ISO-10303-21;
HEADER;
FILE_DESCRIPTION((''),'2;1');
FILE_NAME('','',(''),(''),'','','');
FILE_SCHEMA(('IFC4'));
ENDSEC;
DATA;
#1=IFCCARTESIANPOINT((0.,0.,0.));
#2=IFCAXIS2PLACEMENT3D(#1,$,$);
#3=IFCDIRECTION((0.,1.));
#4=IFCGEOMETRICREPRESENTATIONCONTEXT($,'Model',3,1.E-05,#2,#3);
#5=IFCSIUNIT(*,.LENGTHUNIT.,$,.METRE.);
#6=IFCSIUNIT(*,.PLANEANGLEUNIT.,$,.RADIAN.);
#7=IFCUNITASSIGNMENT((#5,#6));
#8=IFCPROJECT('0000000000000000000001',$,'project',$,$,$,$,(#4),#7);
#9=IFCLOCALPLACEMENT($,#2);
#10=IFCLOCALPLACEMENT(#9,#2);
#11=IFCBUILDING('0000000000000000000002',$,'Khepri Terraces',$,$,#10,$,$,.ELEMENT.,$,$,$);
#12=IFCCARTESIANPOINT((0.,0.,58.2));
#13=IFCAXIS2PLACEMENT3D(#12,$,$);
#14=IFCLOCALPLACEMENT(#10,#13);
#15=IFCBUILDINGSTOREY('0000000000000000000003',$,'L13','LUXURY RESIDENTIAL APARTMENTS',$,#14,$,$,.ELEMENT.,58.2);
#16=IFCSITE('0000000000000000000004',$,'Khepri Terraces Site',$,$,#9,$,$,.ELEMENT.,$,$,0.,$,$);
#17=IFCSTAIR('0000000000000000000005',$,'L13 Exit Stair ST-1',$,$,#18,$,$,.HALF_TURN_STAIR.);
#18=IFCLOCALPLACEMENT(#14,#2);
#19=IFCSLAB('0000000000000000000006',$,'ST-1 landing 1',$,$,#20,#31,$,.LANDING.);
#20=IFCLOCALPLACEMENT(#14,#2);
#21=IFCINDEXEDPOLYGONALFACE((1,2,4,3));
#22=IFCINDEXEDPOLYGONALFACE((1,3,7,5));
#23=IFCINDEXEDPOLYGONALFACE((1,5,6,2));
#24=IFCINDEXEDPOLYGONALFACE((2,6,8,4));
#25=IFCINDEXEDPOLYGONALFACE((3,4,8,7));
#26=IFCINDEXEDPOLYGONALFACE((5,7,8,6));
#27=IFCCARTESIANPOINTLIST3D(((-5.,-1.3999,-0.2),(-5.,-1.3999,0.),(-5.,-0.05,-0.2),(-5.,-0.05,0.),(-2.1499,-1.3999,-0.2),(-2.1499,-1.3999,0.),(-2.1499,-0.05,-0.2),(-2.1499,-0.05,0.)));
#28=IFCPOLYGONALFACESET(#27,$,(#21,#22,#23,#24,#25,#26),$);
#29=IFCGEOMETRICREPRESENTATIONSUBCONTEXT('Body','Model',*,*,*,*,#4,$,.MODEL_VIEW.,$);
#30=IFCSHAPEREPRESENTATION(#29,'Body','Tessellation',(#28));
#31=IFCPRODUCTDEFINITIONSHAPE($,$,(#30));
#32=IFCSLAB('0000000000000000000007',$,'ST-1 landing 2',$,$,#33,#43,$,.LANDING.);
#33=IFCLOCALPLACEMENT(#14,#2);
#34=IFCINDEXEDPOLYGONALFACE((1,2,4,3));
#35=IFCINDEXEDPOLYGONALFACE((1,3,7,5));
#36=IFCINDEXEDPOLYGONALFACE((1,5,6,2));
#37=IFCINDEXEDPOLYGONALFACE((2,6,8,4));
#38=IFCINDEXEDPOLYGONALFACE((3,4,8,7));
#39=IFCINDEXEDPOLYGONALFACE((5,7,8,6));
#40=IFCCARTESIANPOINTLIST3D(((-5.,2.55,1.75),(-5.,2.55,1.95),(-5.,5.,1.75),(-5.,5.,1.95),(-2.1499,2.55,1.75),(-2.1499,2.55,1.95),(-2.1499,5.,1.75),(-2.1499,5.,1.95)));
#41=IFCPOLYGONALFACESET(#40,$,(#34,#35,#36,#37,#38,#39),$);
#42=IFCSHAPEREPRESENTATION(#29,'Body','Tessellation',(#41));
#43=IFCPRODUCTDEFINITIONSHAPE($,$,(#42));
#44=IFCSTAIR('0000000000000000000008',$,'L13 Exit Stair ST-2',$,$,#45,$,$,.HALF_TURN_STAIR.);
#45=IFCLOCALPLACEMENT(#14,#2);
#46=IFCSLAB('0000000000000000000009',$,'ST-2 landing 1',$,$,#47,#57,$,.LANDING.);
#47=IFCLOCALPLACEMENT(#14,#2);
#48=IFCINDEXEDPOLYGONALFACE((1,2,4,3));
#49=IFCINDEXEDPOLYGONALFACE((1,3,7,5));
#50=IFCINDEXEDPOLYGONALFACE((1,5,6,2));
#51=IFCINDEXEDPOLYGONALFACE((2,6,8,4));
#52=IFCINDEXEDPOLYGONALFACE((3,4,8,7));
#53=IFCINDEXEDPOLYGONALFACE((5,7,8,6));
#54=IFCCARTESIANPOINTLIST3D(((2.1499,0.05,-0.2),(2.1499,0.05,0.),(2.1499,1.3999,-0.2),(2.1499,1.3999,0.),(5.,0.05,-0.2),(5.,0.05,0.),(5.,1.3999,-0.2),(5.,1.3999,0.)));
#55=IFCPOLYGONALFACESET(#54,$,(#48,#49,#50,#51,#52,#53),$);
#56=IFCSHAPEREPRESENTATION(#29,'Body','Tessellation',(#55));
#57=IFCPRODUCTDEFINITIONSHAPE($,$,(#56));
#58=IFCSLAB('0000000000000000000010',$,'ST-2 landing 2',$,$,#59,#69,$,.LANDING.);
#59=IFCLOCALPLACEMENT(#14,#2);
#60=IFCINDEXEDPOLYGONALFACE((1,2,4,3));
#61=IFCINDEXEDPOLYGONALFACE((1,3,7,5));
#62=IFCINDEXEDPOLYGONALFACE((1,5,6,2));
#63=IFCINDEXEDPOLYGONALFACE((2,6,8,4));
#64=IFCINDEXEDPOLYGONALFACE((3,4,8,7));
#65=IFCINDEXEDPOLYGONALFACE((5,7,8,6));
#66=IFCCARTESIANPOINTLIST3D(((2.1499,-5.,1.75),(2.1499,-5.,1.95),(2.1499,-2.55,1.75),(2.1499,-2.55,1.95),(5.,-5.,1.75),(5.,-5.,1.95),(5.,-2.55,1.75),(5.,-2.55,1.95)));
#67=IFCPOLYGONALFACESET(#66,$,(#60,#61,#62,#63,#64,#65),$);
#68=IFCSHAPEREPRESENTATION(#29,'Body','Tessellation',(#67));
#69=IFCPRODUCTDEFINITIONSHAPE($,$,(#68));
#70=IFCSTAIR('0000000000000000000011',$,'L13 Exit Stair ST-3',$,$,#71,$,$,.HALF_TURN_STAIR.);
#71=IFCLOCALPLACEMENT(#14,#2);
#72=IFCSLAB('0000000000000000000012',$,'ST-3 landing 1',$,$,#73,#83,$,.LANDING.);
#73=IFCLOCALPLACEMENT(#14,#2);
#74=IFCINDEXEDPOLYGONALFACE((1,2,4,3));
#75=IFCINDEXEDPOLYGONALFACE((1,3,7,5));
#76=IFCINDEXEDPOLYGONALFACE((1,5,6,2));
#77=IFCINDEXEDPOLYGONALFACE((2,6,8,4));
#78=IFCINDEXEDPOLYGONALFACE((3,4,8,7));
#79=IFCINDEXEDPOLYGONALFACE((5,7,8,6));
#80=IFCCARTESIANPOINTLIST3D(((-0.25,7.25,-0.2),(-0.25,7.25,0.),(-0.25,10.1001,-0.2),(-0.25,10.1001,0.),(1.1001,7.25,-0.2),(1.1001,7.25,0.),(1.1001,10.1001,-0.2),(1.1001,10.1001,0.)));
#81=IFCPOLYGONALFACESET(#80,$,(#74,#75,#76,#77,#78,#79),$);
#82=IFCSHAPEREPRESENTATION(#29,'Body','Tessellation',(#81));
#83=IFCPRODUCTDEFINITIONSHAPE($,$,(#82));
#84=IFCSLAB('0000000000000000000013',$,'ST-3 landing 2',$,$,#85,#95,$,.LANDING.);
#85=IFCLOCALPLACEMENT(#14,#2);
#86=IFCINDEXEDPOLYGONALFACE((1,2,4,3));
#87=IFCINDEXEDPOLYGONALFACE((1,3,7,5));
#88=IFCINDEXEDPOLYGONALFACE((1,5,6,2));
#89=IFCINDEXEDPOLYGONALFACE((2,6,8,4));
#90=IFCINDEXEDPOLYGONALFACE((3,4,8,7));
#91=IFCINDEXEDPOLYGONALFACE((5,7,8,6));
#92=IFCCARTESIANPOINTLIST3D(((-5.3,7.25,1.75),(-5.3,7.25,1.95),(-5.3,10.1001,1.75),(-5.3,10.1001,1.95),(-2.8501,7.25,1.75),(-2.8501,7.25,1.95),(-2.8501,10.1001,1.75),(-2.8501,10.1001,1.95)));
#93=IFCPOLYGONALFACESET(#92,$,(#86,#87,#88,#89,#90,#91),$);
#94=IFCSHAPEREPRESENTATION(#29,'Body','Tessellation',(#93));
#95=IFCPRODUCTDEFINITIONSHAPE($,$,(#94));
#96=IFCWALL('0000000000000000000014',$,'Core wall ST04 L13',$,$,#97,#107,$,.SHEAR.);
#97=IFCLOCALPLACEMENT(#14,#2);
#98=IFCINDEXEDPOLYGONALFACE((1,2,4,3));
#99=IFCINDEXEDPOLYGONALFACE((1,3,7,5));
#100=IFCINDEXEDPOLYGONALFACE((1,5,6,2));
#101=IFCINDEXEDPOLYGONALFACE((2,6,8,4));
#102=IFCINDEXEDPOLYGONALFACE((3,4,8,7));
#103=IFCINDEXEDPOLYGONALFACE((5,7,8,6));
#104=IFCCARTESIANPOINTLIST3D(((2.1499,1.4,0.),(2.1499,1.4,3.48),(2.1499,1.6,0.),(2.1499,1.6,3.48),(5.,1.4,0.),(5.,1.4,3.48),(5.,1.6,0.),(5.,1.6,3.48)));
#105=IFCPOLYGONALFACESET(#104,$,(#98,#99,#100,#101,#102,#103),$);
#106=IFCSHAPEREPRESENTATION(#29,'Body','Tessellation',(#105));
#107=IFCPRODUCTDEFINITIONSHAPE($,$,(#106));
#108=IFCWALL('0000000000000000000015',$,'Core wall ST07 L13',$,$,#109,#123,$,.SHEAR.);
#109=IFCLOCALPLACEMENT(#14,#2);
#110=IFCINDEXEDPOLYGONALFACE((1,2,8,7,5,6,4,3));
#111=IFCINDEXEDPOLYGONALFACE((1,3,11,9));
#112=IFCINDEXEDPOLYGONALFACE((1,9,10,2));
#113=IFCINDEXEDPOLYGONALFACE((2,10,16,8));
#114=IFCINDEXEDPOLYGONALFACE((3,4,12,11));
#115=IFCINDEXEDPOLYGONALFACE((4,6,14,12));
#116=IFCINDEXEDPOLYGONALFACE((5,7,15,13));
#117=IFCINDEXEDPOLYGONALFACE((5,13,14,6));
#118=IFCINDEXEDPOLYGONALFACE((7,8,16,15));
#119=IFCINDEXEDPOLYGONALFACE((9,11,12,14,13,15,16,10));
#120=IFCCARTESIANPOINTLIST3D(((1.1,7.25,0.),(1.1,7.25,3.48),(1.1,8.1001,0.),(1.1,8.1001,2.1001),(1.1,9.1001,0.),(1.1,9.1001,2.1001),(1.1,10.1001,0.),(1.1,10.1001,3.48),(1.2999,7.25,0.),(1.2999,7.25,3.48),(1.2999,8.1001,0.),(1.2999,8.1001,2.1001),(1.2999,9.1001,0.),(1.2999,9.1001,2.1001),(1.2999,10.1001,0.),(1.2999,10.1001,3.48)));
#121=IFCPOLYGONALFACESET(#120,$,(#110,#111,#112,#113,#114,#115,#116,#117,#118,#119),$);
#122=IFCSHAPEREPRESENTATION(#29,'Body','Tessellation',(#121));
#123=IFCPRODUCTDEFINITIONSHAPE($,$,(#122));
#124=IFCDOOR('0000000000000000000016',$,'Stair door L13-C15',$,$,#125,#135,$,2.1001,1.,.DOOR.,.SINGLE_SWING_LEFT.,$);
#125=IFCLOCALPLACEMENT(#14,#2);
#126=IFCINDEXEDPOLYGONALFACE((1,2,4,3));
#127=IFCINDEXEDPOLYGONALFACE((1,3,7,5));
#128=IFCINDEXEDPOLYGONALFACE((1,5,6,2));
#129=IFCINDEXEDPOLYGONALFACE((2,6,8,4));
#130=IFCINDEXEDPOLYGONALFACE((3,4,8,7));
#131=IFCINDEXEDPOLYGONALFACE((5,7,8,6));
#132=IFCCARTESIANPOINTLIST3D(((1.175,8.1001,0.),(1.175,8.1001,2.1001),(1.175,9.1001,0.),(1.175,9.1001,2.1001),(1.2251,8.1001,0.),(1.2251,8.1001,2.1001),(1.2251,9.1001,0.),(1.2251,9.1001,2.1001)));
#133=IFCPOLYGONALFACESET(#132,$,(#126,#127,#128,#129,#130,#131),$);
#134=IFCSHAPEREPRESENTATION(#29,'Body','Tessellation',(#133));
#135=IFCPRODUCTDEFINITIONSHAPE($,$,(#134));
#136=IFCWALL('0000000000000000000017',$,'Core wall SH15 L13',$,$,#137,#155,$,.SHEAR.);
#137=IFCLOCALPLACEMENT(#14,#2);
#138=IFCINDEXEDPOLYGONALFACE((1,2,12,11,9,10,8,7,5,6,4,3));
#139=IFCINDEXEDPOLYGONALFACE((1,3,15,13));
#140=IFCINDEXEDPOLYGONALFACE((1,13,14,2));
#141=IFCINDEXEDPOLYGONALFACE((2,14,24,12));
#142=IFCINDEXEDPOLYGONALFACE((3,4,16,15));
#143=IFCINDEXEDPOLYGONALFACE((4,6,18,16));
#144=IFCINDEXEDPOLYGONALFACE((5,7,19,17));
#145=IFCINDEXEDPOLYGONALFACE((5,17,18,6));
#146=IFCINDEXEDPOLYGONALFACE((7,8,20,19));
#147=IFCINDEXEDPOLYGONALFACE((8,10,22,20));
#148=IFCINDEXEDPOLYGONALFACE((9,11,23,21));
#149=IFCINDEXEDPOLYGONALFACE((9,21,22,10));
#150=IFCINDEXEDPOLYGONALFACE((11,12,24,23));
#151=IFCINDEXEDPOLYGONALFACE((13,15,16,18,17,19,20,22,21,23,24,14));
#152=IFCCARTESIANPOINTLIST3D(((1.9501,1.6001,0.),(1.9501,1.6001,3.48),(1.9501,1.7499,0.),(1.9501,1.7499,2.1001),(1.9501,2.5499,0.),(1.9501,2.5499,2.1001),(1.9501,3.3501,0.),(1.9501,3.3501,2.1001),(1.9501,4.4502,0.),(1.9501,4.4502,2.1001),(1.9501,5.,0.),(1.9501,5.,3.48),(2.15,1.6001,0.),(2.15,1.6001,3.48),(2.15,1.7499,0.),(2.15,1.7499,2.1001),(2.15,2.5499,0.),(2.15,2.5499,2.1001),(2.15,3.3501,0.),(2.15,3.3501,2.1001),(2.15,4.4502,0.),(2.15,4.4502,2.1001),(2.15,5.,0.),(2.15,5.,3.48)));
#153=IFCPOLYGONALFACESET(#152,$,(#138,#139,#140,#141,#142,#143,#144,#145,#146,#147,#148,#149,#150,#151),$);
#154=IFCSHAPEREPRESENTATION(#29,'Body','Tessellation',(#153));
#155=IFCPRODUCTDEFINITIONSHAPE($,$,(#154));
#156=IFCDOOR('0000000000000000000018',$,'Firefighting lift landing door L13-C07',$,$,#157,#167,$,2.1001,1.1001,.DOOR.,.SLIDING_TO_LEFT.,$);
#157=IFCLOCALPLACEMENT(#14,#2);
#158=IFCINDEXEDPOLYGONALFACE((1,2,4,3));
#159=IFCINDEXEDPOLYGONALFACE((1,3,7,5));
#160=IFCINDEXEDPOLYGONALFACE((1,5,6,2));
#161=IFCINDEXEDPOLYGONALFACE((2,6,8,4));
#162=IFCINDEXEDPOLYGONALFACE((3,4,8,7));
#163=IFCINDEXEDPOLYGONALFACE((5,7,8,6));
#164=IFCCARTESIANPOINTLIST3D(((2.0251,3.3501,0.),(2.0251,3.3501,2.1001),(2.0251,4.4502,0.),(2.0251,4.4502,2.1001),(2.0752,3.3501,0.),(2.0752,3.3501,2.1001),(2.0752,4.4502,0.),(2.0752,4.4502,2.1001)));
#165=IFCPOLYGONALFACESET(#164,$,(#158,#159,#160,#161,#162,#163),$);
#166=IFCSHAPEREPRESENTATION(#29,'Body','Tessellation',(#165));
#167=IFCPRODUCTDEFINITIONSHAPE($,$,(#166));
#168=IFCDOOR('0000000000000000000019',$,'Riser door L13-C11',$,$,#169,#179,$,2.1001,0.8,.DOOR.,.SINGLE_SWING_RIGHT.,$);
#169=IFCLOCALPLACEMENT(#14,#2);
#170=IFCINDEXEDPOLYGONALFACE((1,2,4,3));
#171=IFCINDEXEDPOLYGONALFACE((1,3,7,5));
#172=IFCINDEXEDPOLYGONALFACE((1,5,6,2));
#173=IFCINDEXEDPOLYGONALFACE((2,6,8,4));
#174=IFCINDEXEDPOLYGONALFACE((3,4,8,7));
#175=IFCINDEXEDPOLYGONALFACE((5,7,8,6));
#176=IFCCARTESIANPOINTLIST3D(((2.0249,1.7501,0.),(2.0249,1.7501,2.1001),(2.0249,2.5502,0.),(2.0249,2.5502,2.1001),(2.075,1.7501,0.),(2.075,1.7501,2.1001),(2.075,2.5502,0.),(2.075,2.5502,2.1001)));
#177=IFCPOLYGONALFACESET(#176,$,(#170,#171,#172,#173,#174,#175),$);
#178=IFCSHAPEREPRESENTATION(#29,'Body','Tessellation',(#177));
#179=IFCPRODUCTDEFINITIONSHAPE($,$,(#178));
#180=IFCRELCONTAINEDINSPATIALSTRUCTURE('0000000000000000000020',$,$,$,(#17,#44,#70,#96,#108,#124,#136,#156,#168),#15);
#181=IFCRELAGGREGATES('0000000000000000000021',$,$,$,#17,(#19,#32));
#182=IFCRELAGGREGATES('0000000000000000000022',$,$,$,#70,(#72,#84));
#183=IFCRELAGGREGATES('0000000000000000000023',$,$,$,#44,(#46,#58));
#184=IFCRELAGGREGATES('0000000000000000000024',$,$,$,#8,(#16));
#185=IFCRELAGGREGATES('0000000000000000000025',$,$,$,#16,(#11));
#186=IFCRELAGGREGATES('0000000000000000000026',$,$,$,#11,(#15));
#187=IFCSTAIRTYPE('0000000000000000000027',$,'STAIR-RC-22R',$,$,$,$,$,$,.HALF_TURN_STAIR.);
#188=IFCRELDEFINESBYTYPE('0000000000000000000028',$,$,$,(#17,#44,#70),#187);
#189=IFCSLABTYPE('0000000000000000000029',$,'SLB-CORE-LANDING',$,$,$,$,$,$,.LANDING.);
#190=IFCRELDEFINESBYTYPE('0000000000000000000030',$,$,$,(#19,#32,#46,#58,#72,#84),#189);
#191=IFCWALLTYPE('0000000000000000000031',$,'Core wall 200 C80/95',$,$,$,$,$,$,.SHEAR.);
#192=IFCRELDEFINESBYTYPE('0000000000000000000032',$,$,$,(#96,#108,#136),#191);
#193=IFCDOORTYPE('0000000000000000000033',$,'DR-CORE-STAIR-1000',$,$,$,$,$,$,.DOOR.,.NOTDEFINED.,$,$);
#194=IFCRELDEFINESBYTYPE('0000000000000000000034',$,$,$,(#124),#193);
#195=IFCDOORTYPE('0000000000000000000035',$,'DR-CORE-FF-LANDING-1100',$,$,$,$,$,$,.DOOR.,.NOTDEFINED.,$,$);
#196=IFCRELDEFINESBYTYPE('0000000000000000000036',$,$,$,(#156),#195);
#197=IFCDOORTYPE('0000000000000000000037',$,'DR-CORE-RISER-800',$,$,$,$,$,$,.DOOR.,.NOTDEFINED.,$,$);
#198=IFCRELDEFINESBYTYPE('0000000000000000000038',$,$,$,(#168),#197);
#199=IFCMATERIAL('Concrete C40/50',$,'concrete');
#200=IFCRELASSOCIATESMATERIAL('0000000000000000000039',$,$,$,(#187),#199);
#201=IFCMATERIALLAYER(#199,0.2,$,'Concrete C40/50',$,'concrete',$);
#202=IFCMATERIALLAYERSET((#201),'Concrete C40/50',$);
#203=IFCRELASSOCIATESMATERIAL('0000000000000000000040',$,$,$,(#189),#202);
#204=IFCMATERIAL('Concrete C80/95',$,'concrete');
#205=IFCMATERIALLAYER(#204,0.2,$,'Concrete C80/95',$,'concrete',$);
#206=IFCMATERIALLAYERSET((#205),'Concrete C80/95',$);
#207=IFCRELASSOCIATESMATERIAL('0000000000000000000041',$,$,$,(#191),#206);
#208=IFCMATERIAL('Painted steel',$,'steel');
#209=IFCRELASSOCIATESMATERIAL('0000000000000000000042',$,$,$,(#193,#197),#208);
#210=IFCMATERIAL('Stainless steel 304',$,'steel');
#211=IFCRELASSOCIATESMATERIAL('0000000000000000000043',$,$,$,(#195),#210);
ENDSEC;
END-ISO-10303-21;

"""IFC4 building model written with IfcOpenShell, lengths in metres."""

from ifc_helpers import new_model, si_unit, direction, frame, frame_2d, origin, place, context, subcontext, project, spatial, polyline, rectangle, outline, extrude, material, layer, layer_set, type_object, element, fill, aggregate, save


model = new_model("IFC4")

# Units and contexts
model_context = context("Model", 3, precision=1e-05, world=origin(), true_north=direction((0.0, 1.0)))
body_context = subcontext(model_context, "Body", "Model", "MODEL_VIEW")
ifc_project = project(units=[si_unit("LENGTHUNIT", "METRE"), si_unit("PLANEANGLEUNIT", "RADIAN")], contexts=[model_context])

# Site, building, storey
site_placement = place(None, origin())
site = spatial("IfcSite", under=ifc_project, at=site_placement, Name="Khepri Terraces Site", CompositionType="ELEMENT", RefElevation=0.0)
building_placement = place(site_placement, origin())
building = spatial("IfcBuilding", under=site, at=building_placement, Name="Khepri Terraces", CompositionType="ELEMENT")
storey_placement = place(building_placement, frame((0.0, 0.0, 58.2)))
storey = spatial("IfcBuildingStorey", under=building, at=storey_placement, Name="L13", Description="LUXURY RESIDENTIAL APARTMENTS", CompositionType="ELEMENT", Elevation=58.2)

# Stairs, slabs
ifc_material_1 = material(Name="Concrete C40/50", Category="concrete")
stair_type = type_object("IfcStairType", Name="STAIR-RC-22R", PredefinedType="HALF_TURN_STAIR", material=ifc_material_1)
stair_1_placement = place(storey_placement, origin())
stair_1 = element("IfcStair", 1, at=stair_1_placement, inside=storey, type_object=stair_type, Name="L13 Exit Stair ST-1", PredefinedType="HALF_TURN_STAIR")
ifc_layer_1 = layer(ifc_material_1, 0.2, Name="Concrete C40/50", Category="concrete")
ifc_layer_set_1 = layer_set([ifc_layer_1], Name="Concrete C40/50")
slab_type = type_object("IfcSlabType", Name="SLB-CORE-LANDING", PredefinedType="LANDING", material=ifc_layer_set_1)
slab_1_placement = place(storey_placement, frame((0.0, 0.0, -0.2)))
slab_1 = element("IfcSlab", 2, at=slab_1_placement, type_object=slab_type, Name="ST-1 landing 1", PredefinedType="LANDING", context=body_context, shape_type="SweptSolid", body=[
    extrude(outline(polyline([(-2.1499, -1.3999), (-2.1499, -0.05), (-5.0, -0.05), (-5.0, -1.3999), (-2.1499, -1.3999)])), origin(), (0.0, 0.0, 1.0), 0.2),
])
slab_2_placement = place(storey_placement, frame((0.0, 0.0, 1.75)))
slab_2 = element("IfcSlab", 3, at=slab_2_placement, type_object=slab_type, Name="ST-1 landing 2", PredefinedType="LANDING", context=body_context, shape_type="SweptSolid", body=[
    extrude(outline(polyline([(-2.1499, 2.55), (-2.1499, 5.0), (-5.0, 5.0), (-5.0, 2.55), (-2.1499, 2.55)])), origin(), (0.0, 0.0, 1.0), 0.2),
])
aggregate(stair_1, [slab_1, slab_2])
stair_2_placement = place(storey_placement, origin())
stair_2 = element("IfcStair", 4, at=stair_2_placement, inside=storey, type_object=stair_type, Name="L13 Exit Stair ST-2", PredefinedType="HALF_TURN_STAIR")
slab_3_placement = place(storey_placement, frame((0.0, 0.0, -0.2)))
slab_3 = element("IfcSlab", 5, at=slab_3_placement, type_object=slab_type, Name="ST-2 landing 1", PredefinedType="LANDING", context=body_context, shape_type="SweptSolid", body=[
    extrude(outline(polyline([(2.1499, 1.3999), (2.1499, 0.05), (5.0, 0.05), (5.0, 1.3999), (2.1499, 1.3999)])), origin(), (0.0, 0.0, 1.0), 0.2),
])
slab_4_placement = place(storey_placement, frame((0.0, 0.0, 1.75)))
slab_4 = element("IfcSlab", 6, at=slab_4_placement, type_object=slab_type, Name="ST-2 landing 2", PredefinedType="LANDING", context=body_context, shape_type="SweptSolid", body=[
    extrude(outline(polyline([(2.1499, -2.55), (2.1499, -5.0), (5.0, -5.0), (5.0, -2.55), (2.1499, -2.55)])), origin(), (0.0, 0.0, 1.0), 0.2),
])
stair_3_placement = place(storey_placement, origin())
stair_3 = element("IfcStair", 7, at=stair_3_placement, inside=storey, type_object=stair_type, Name="L13 Exit Stair ST-3", PredefinedType="HALF_TURN_STAIR")
slab_5_placement = place(storey_placement, frame((0.0, 0.0, -0.2)))
slab_5 = element("IfcSlab", 8, at=slab_5_placement, type_object=slab_type, Name="ST-3 landing 1", PredefinedType="LANDING", context=body_context, shape_type="SweptSolid", body=[
    extrude(outline(polyline([(1.1001, 10.1001), (-0.25, 10.1001), (-0.25, 7.25), (1.1001, 7.25), (1.1001, 10.1001)])), origin(), (0.0, 0.0, 1.0), 0.2),
])
slab_6_placement = place(storey_placement, frame((0.0, 0.0, 1.75)))
slab_6 = element("IfcSlab", 9, at=slab_6_placement, type_object=slab_type, Name="ST-3 landing 2", PredefinedType="LANDING", context=body_context, shape_type="SweptSolid", body=[
    extrude(outline(polyline([(-2.8501, 10.1001), (-5.3, 10.1001), (-5.3, 7.25), (-2.8501, 7.25), (-2.8501, 10.1001)])), origin(), (0.0, 0.0, 1.0), 0.2),
])
aggregate(stair_3, [slab_5, slab_6])

# Wall
ifc_material_2 = material(Name="Concrete C80/95", Category="concrete")
ifc_layer_2 = layer(ifc_material_2, 0.2, Name="Concrete C80/95", Category="concrete")
ifc_layer_set_2 = layer_set([ifc_layer_2], Name="Concrete C80/95")
wall_type = type_object("IfcWallType", Name="Core wall 200 C80/95", PredefinedType="SHEAR", material=ifc_layer_set_2)
wall_1_placement = place(storey_placement, frame((2.1499, 1.5, 0.0), z_axis=(0.0, 0.0, 1.0), x_axis=(1.0, 0.0, 0.0)))
element("IfcWall", 10, at=wall_1_placement, inside=storey, type_object=wall_type, Name="Core wall ST04 L13", PredefinedType="SHEAR", context=body_context, shape_type="SweptSolid", body=[
    extrude(rectangle(XDim=2.8501, YDim=0.2, at=frame_2d((1.425, 0.0))), origin(), (0.0, 0.0, 1.0), 3.48),
])

# Wall, opening, door
wall_2_placement = place(storey_placement, frame((1.2, 7.25, 0.0), z_axis=(0.0, 0.0, 1.0), x_axis=(0.0, 1.0, 0.0)))
wall_2 = element("IfcWall", 11, at=wall_2_placement, inside=storey, type_object=wall_type, Name="Core wall ST07 L13", PredefinedType="SHEAR", context=body_context, shape_type="SweptSolid", body=[
    extrude(rectangle(XDim=2.8501, YDim=0.2, at=frame_2d((1.425, 0.0))), origin(), (0.0, 0.0, 1.0), 3.48),
])
opening_1_placement = place(wall_2_placement, frame((0.8501, 0.0, 0.0)))
opening_1 = element("IfcOpeningElement", 12, at=opening_1_placement, cuts=wall_2, PredefinedType="OPENING", context=body_context, shape_type="SweptSolid", body=[
    extrude(rectangle(XDim=1.0, YDim=2.1001, at=frame_2d((0.5, 1.05))), frame((0.0, 0.1099, 0.0), z_axis=(0.0, -1.0, 0.0), x_axis=(1.0, 0.0, 0.0)), (0.0, 0.0, 1.0), 0.22),
])
ifc_material_3 = material(Name="Painted steel", Category="steel")
door_type_1 = type_object("IfcDoorType", Name="DR-CORE-STAIR-1000", OperationType="NOTDEFINED", PredefinedType="DOOR", material=ifc_material_3)
door_1_placement = place(opening_1_placement, origin())
door_1 = element("IfcDoor", 13, at=door_1_placement, inside=storey, type_object=door_type_1, Name="Stair door L13-C15", OperationType="SINGLE_SWING_LEFT", OverallHeight=2.1001, OverallWidth=1.0, PredefinedType="DOOR", context=body_context, shape_type="SweptSolid", body=[
    extrude(rectangle(XDim=1.0, YDim=2.1001, at=frame_2d((0.5, 1.05))), frame((0.0, 0.0249, 0.0), z_axis=(0.0, -1.0, 0.0), x_axis=(1.0, 0.0, 0.0)), (0.0, 0.0, 1.0), 0.05),
])
fill(opening_1, door_1)

# Wall, openings, doors
wall_3_placement = place(storey_placement, frame((2.05, 1.6001, 0.0), z_axis=(0.0, 0.0, 1.0), x_axis=(0.0, 1.0, 0.0)))
wall_3 = element("IfcWall", 14, at=wall_3_placement, inside=storey, type_object=wall_type, Name="Core wall SH15 L13", PredefinedType="SHEAR", context=body_context, shape_type="SweptSolid", body=[
    extrude(rectangle(XDim=3.3999, YDim=0.2, at=frame_2d((1.7, 0.0))), origin(), (0.0, 0.0, 1.0), 3.48),
])
opening_2_placement = place(wall_3_placement, frame((1.75, 0.0, 0.0)))
opening_2 = element("IfcOpeningElement", 15, at=opening_2_placement, cuts=wall_3, PredefinedType="OPENING", context=body_context, shape_type="SweptSolid", body=[
    extrude(rectangle(XDim=1.1001, YDim=2.1001, at=frame_2d((0.55, 1.05))), frame((0.0, 0.1099, 0.0), z_axis=(0.0, -1.0, 0.0), x_axis=(1.0, 0.0, 0.0)), (0.0, 0.0, 1.0), 0.22),
])
opening_3_placement = place(wall_3_placement, frame((0.1499, 0.0, 0.0)))
opening_3 = element("IfcOpeningElement", 16, at=opening_3_placement, cuts=wall_3, PredefinedType="OPENING", context=body_context, shape_type="SweptSolid", body=[
    extrude(rectangle(XDim=0.8, YDim=2.1001, at=frame_2d((0.3999, 1.05))), frame((0.0, 0.1099, 0.0), z_axis=(0.0, -1.0, 0.0), x_axis=(1.0, 0.0, 0.0)), (0.0, 0.0, 1.0), 0.22),
])
ifc_material_4 = material(Name="Stainless steel 304", Category="steel")
door_type_2 = type_object("IfcDoorType", Name="DR-CORE-FF-LANDING-1100", OperationType="NOTDEFINED", PredefinedType="DOOR", material=ifc_material_4)
door_2_placement = place(opening_2_placement, origin())
door_2 = element("IfcDoor", 17, at=door_2_placement, inside=storey, type_object=door_type_2, Name="Firefighting lift landing door L13-C07", OperationType="SLIDING_TO_LEFT", OverallHeight=2.1001, OverallWidth=1.1001, PredefinedType="DOOR", context=body_context, shape_type="SweptSolid", body=[
    extrude(rectangle(XDim=1.1001, YDim=2.1001, at=frame_2d((0.55, 1.05))), frame((0.0, 0.0249, 0.0), z_axis=(0.0, -1.0, 0.0), x_axis=(1.0, 0.0, 0.0)), (0.0, 0.0, 1.0), 0.05),
])
fill(opening_2, door_2)
door_type_3 = type_object("IfcDoorType", Name="DR-CORE-RISER-800", OperationType="NOTDEFINED", PredefinedType="DOOR", material=ifc_material_3)
door_3_placement = place(opening_3_placement, frame((0.8, 0.0, 0.0), z_axis=(0.0, 0.0, 1.0), x_axis=(-1.0, 0.0, 0.0)))
door_3 = element("IfcDoor", 18, at=door_3_placement, inside=storey, type_object=door_type_3, Name="Riser door L13-C11", OperationType="SINGLE_SWING_RIGHT", OverallHeight=2.1001, OverallWidth=0.8, PredefinedType="DOOR", context=body_context, shape_type="SweptSolid", body=[
    extrude(rectangle(XDim=0.8, YDim=2.1001, at=frame_2d((0.3999, 1.05))), frame((0.0, 0.0249, 0.0), z_axis=(0.0, -1.0, 0.0), x_axis=(1.0, 0.0, 0.0)), (0.0, 0.0, 1.0), 0.05),
])
fill(opening_3, door_3)

aggregate(stair_2, [slab_3, slab_4])

save(model, "model.ifc")
